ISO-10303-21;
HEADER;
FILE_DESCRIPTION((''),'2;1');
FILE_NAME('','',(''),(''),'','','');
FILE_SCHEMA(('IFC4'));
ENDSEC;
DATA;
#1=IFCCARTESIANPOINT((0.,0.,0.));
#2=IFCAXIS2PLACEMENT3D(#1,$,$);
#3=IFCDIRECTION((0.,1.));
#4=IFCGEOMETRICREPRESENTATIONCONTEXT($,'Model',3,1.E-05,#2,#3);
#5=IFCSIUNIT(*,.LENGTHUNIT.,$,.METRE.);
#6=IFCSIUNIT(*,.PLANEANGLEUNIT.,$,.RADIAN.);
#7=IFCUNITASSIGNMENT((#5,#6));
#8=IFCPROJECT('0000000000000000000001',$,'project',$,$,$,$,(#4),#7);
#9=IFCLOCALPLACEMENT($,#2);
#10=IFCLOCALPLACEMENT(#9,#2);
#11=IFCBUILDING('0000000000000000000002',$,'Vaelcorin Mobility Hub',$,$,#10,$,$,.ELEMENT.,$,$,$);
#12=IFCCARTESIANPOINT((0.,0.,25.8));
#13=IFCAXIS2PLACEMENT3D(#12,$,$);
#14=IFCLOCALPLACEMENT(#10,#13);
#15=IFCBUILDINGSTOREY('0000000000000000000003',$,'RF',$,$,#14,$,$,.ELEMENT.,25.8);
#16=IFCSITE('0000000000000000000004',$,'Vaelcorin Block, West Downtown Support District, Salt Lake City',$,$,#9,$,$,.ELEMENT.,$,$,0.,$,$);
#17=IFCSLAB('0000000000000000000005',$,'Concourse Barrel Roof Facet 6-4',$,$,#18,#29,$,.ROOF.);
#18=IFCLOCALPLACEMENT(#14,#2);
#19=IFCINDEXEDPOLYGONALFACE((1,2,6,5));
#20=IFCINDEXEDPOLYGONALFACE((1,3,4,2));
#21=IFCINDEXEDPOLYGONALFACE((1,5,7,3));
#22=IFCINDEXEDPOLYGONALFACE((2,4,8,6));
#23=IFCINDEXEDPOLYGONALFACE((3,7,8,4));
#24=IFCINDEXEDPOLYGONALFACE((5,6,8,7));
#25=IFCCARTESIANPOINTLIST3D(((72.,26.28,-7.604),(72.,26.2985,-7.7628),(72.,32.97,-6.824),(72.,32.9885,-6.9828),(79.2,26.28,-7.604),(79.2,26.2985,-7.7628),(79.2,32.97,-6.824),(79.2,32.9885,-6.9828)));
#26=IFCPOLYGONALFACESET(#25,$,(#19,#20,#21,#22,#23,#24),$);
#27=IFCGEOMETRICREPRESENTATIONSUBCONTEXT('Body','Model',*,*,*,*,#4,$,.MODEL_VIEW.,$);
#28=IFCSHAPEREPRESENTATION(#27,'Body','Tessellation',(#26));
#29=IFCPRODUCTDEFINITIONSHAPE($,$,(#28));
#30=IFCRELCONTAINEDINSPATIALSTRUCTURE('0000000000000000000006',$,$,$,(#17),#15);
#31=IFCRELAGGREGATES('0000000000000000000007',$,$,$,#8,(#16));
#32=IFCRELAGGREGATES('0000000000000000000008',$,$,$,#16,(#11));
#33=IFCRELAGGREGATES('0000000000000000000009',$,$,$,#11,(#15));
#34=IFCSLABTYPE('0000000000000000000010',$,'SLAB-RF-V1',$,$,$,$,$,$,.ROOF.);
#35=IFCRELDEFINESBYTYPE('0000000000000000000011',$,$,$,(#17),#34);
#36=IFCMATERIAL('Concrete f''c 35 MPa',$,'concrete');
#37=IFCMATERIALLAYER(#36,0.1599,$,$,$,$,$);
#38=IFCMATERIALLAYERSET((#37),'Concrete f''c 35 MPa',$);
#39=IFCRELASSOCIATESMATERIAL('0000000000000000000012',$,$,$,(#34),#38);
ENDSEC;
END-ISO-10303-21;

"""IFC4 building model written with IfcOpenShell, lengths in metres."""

from ifc_helpers import new_model, si_unit, direction, frame, origin, place, context, subcontext, project, spatial, polyline, outline, extrude, material, layer, layer_set, type_object, element, save


model = new_model("IFC4")

# Units and contexts
model_context = context("Model", 3, precision=1e-05, world=origin(), true_north=direction((0.0, 1.0)))
body_context = subcontext(model_context, "Body", "Model", "MODEL_VIEW")
ifc_project = project(units=[si_unit("LENGTHUNIT", "METRE"), si_unit("PLANEANGLEUNIT", "RADIAN")], contexts=[model_context])

# Site, building, storey
site_placement = place(None, origin())
site = spatial("IfcSite", under=ifc_project, at=site_placement, Name="Vaelcorin Block, West Downtown Support District, Salt Lake City", CompositionType="ELEMENT", RefElevation=0.0)
building_placement = place(site_placement, origin())
building = spatial("IfcBuilding", under=site, at=building_placement, Name="Vaelcorin Mobility Hub", CompositionType="ELEMENT")
storey_placement = place(building_placement, frame((0.0, 0.0, 25.8)))
storey = spatial("IfcBuildingStorey", under=building, at=storey_placement, Name="RF", CompositionType="ELEMENT", Elevation=25.8)

# Slab
ifc_material_1 = material(Name="Concrete f'c 35 MPa", Category="concrete")
ifc_layer_1 = layer(ifc_material_1, 0.1599)
ifc_layer_set_1 = layer_set([ifc_layer_1], Name="Concrete f'c 35 MPa")
slab_type = type_object("IfcSlabType", Name="SLAB-RF-V1", PredefinedType="ROOF", material=ifc_layer_set_1)
slab_1_placement = place(storey_placement, frame((72.0, 26.28, -7.604), z_axis=(0.0, -0.115813, 0.993271), x_axis=(1.0, 0.0, 0.0)))
element("IfcSlab", 1, at=slab_1_placement, inside=storey, type_object=slab_type, Name="Concourse Barrel Roof Facet 6-4", PredefinedType="ROOF", context=body_context, shape_type="SweptSolid", body=[
    extrude(outline(polyline([(0.0, 0.0), (7.2, 0.0), (7.2, 6.7353), (0.0, 6.7353), (0.0, 0.0)])), origin(), (0.0, 0.0, -1.0), 0.1599),
])

save(model, "model.ifc")
